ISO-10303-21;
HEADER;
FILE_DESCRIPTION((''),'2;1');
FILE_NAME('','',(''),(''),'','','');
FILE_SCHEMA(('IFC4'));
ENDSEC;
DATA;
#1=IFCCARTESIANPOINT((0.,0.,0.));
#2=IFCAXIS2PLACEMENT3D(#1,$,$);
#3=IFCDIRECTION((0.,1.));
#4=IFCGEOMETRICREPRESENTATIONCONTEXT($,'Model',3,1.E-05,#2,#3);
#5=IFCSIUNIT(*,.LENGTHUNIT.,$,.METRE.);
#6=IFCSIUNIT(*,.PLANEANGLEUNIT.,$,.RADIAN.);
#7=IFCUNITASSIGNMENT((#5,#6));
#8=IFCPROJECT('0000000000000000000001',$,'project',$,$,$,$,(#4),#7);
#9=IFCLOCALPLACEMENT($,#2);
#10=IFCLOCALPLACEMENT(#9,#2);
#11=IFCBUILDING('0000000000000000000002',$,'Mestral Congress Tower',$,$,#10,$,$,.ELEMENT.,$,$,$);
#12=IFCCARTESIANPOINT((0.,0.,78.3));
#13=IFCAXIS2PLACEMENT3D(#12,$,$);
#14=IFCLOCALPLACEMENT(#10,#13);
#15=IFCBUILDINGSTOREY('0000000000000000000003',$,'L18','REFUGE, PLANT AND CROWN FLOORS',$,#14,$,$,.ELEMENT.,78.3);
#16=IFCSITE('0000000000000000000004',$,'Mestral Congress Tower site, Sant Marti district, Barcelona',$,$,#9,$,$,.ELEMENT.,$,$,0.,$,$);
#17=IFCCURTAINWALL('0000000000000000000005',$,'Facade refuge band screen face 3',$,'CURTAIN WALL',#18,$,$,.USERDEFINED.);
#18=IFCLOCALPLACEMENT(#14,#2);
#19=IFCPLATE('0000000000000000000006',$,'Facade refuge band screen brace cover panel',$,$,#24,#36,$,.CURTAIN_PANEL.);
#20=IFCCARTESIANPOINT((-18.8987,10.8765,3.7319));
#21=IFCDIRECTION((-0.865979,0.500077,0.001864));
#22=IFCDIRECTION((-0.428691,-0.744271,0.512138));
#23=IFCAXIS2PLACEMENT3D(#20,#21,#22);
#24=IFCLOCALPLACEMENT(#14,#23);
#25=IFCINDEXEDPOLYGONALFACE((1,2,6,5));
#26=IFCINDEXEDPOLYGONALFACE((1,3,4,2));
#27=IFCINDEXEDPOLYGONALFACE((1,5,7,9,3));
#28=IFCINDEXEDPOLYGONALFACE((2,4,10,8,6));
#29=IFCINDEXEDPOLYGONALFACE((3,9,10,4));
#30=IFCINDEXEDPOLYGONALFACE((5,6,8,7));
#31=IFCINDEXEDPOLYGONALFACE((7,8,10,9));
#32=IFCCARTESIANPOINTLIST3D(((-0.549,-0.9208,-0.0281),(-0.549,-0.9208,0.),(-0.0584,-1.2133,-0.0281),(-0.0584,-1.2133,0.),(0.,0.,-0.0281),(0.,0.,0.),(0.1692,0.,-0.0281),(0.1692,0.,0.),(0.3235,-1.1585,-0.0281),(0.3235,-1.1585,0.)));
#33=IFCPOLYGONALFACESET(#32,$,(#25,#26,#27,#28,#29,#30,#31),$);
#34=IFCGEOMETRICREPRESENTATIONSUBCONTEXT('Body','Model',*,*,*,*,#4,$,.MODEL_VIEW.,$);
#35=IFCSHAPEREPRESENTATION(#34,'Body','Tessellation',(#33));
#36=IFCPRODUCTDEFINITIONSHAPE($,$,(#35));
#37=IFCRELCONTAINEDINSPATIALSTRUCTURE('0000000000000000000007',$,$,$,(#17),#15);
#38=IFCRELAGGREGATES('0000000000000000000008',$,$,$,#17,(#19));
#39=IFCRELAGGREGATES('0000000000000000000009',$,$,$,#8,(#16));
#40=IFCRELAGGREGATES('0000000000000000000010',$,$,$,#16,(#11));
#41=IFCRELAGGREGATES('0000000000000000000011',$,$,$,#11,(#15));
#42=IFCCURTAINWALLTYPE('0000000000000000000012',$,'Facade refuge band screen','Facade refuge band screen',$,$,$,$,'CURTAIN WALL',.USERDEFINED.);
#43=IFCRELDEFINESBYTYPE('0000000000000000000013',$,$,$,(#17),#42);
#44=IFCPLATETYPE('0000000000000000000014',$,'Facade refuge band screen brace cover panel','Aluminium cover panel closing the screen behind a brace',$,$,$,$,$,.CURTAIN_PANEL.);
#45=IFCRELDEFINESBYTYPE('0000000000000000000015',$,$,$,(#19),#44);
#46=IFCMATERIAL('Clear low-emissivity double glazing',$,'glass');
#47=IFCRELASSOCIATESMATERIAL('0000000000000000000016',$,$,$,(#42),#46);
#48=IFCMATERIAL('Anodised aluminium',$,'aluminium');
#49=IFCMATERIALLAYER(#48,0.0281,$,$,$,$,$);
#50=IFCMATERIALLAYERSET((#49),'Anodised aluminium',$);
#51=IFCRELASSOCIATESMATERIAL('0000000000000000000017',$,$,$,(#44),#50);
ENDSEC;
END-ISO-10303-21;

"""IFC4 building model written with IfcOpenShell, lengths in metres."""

from ifc_helpers import new_model, si_unit, direction, frame, origin, place, context, subcontext, project, spatial, polyline, outline, extrude, material, layer, layer_set, type_object, element, aggregate, save


model = new_model("IFC4")

# Units and contexts
model_context = context("Model", 3, precision=1e-05, world=origin(), true_north=direction((0.0, 1.0)))
body_context = subcontext(model_context, "Body", "Model", "MODEL_VIEW")
ifc_project = project(units=[si_unit("LENGTHUNIT", "METRE"), si_unit("PLANEANGLEUNIT", "RADIAN")], contexts=[model_context])

# Site, building, storey
site_placement = place(None, origin())
site = spatial("IfcSite", under=ifc_project, at=site_placement, Name="Mestral Congress Tower site, Sant Marti district, Barcelona", CompositionType="ELEMENT", RefElevation=0.0)
building_placement = place(site_placement, origin())
building = spatial("IfcBuilding", under=site, at=building_placement, Name="Mestral Congress Tower", CompositionType="ELEMENT")
storey_placement = place(building_placement, frame((0.0, 0.0, 78.3)))
storey = spatial("IfcBuildingStorey", under=building, at=storey_placement, Name="L18", Description="REFUGE, PLANT AND CROWN FLOORS", CompositionType="ELEMENT", Elevation=78.3)

# Curtain wall
ifc_material_1 = material(Name="Clear low-emissivity double glazing", Category="glass")
curtain_wall_type = type_object("IfcCurtainWallType", Name="Facade refuge band screen", Description="Facade refuge band screen", ElementType="CURTAIN WALL", PredefinedType="USERDEFINED", material=ifc_material_1)
curtain_wall_placement = place(storey_placement, origin())
curtain_wall = element("IfcCurtainWall", 1, at=curtain_wall_placement, inside=storey, type_object=curtain_wall_type, Name="Facade refuge band screen face 3", ObjectType="CURTAIN WALL", PredefinedType="USERDEFINED")
ifc_material_2 = material(Name="Anodised aluminium", Category="aluminium")

# Plate
ifc_layer_1 = layer(ifc_material_2, 0.0281)
ifc_layer_set_1 = layer_set([ifc_layer_1], Name="Anodised aluminium")
plate_type_1 = type_object("IfcPlateType", Name="Facade refuge band screen brace cover panel", Description="Aluminium cover panel closing the screen behind a brace", PredefinedType="CURTAIN_PANEL", material=ifc_layer_set_1)
plate_1_placement = place(storey_placement, frame((-18.8987, 10.8765, 3.7319), z_axis=(-0.865979, 0.500077, 0.001864), x_axis=(-0.428691, -0.744271, 0.512138)))
plate_1 = element("IfcPlate", 2, at=plate_1_placement, type_object=plate_type_1, Name="Facade refuge band screen brace cover panel", PredefinedType="CURTAIN_PANEL", context=body_context, shape_type="SweptSolid", body=[
    extrude(outline(polyline([(0.0, 0.0), (0.1692, 0.0), (0.3235, -1.1585), (-0.0584, -1.2133), (-0.549, -0.9208), (0.0, 0.0)])), origin(), (0.0, 0.0, -1.0), 0.0281),
])
aggregate(curtain_wall, [plate_1])

save(model, "model.ifc")
